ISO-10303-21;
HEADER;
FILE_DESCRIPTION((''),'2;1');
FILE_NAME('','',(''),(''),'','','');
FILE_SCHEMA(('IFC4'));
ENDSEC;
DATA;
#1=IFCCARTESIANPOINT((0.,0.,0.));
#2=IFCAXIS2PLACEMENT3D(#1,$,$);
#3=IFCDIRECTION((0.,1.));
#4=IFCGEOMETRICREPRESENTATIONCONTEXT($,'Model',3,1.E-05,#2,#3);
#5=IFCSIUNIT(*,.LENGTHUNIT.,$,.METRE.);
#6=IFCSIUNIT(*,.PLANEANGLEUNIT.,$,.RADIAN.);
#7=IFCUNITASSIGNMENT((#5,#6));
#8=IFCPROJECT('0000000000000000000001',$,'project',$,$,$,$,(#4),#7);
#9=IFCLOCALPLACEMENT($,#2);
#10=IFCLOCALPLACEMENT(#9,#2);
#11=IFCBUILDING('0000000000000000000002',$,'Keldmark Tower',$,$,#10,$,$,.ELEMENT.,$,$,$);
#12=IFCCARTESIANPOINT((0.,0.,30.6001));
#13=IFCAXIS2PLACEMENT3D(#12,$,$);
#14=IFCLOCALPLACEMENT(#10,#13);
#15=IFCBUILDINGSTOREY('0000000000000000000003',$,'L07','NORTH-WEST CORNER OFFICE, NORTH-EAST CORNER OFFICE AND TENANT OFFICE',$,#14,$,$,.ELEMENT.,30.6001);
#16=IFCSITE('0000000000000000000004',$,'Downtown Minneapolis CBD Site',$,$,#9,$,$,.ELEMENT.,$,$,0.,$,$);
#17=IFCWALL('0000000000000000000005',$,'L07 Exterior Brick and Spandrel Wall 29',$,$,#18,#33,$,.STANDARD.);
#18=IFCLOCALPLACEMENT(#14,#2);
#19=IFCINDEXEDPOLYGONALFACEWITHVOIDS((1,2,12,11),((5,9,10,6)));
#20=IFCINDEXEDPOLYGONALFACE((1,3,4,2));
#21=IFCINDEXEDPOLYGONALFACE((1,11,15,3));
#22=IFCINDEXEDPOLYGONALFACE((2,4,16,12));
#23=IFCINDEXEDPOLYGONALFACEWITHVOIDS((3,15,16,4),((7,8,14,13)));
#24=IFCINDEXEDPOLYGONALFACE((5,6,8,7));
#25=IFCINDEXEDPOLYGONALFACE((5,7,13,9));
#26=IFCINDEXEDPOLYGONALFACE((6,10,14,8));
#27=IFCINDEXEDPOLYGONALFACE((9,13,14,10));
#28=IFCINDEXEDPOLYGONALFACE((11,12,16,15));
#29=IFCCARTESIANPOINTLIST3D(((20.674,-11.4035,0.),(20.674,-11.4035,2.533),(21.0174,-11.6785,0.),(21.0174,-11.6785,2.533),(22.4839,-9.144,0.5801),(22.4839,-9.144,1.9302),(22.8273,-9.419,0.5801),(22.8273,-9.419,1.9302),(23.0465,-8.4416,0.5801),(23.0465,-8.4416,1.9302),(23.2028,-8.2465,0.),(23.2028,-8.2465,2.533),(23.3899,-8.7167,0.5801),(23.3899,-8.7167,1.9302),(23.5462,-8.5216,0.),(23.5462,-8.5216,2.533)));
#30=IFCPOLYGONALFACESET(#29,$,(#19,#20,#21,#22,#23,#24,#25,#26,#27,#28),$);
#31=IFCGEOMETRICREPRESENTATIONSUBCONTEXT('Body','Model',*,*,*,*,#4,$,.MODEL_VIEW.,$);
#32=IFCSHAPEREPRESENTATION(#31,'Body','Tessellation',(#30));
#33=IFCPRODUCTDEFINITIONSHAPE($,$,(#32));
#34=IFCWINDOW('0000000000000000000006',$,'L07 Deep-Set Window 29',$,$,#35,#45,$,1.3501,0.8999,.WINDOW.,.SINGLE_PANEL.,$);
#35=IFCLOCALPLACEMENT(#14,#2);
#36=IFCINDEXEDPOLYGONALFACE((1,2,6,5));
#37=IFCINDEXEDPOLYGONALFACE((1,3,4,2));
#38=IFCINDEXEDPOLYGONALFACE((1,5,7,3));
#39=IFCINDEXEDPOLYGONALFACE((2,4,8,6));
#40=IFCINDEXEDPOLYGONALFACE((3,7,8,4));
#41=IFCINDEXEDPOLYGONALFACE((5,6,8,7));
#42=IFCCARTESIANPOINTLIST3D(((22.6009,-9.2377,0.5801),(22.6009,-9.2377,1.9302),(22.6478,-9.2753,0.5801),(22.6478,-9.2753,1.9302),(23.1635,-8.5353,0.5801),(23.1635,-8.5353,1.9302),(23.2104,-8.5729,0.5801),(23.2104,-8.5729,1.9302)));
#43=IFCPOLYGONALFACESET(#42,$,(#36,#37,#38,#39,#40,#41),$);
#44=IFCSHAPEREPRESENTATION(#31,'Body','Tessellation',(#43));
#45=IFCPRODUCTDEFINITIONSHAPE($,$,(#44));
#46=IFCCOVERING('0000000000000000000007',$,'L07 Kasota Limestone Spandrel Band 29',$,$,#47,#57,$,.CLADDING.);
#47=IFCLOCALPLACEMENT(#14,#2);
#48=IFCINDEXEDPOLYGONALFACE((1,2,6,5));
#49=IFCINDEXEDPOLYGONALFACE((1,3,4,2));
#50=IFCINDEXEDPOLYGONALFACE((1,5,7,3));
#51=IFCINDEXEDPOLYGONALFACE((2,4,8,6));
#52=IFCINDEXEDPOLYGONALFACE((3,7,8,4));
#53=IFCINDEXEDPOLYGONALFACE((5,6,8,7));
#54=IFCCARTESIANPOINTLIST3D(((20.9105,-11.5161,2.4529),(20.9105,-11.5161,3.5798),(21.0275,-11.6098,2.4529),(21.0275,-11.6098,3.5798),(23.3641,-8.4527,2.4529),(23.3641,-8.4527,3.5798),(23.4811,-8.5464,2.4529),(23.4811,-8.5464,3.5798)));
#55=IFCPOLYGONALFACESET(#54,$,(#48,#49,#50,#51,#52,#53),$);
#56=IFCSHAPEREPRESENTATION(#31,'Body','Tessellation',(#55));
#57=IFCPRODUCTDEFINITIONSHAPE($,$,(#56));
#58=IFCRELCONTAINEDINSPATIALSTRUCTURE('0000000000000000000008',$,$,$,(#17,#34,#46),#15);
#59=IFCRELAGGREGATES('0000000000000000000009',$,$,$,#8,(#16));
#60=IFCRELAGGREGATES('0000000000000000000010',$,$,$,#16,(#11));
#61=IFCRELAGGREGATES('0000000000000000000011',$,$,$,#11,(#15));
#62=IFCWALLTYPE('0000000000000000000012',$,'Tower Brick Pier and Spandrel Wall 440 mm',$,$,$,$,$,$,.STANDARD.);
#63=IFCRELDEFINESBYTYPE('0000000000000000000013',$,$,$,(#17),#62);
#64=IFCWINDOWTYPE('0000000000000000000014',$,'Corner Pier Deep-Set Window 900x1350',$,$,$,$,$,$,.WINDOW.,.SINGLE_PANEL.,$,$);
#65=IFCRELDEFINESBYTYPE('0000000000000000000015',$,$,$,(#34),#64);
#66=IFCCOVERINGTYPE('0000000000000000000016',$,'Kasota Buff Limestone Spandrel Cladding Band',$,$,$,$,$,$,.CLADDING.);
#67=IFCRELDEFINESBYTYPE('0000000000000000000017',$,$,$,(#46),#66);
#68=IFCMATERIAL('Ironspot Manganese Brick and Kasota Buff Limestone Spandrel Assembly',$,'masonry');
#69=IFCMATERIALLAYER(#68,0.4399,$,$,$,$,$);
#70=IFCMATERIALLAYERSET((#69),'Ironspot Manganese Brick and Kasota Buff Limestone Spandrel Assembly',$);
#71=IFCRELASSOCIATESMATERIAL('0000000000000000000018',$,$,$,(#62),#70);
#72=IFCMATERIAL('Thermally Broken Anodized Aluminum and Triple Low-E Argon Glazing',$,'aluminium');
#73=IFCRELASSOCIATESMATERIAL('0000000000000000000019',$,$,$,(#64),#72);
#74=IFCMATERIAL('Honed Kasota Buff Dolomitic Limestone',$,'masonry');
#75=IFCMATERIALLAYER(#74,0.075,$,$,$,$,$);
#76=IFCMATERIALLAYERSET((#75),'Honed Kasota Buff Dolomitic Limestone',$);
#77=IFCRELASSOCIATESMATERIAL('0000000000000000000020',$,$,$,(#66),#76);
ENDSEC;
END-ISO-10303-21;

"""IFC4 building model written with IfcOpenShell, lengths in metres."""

from ifc_helpers import new_model, si_unit, direction, frame, frame_2d, origin, origin_2d, place, context, subcontext, project, spatial, rectangle, extrude, material, layer, layer_set, type_object, element, fill, save


model = new_model("IFC4")

# Units and contexts
model_context = context("Model", 3, precision=1e-05, world=origin(), true_north=direction((0.0, 1.0)))
body_context = subcontext(model_context, "Body", "Model", "MODEL_VIEW")
ifc_project = project(units=[si_unit("LENGTHUNIT", "METRE"), si_unit("PLANEANGLEUNIT", "RADIAN")], contexts=[model_context])

# Site, building, storey
site_placement = place(None, origin())
site = spatial("IfcSite", under=ifc_project, at=site_placement, Name="Downtown Minneapolis CBD Site", CompositionType="ELEMENT", RefElevation=0.0)
building_placement = place(site_placement, origin())
building = spatial("IfcBuilding", under=site, at=building_placement, Name="Keldmark Tower", CompositionType="ELEMENT")
storey_placement = place(building_placement, frame((0.0, 0.0, 30.6001)))
storey = spatial("IfcBuildingStorey", under=building, at=storey_placement, Name="L07", Description="NORTH-WEST CORNER OFFICE, NORTH-EAST CORNER OFFICE AND TENANT OFFICE", CompositionType="ELEMENT", Elevation=30.6001)

# Wall, opening, window
ifc_material_1 = material(Name="Ironspot Manganese Brick and Kasota Buff Limestone Spandrel Assembly", Category="masonry")
ifc_layer_1 = layer(ifc_material_1, 0.4399)
ifc_layer_set_1 = layer_set([ifc_layer_1], Name="Ironspot Manganese Brick and Kasota Buff Limestone Spandrel Assembly")
wall_type_1 = type_object("IfcWallType", Name="Tower Brick Pier and Spandrel Wall 440 mm", PredefinedType="STANDARD", material=ifc_layer_set_1)
ifc_material_2 = material(Name="Thermally Broken Anodized Aluminum and Triple Low-E Argon Glazing", Category="aluminium")
window_type = type_object("IfcWindowType", Name="Corner Pier Deep-Set Window 900x1350", PartitioningType="SINGLE_PANEL", PredefinedType="WINDOW", material=ifc_material_2)
wall_1_placement = place(storey_placement, frame((23.3745, -8.384, 0.0), z_axis=(0.0, 0.0, 1.0), x_axis=(-0.625181, -0.78048, 0.0)))
wall_1 = element("IfcWall", 1, at=wall_1_placement, inside=storey, type_object=wall_type_1, Name="L07 Exterior Brick and Spandrel Wall 29", PredefinedType="STANDARD", context=body_context, shape_type="SweptSolid", body=[
    extrude(rectangle(XDim=4.0449, YDim=0.4399, at=frame_2d((2.0225, 0.0))), origin(), (0.0, 0.0, 1.0), 2.533),
])
opening_1_placement = place(wall_1_placement, frame((0.25, 0.0, 0.5801)))
opening_1 = element("IfcOpeningElement", 2, at=opening_1_placement, cuts=wall_1, PredefinedType="OPENING", context=body_context, shape_type="SweptSolid", body=[
    extrude(rectangle(XDim=0.8999, YDim=1.3501, at=frame_2d((0.45, 0.675))), frame((0.0, 0.23, 0.0), z_axis=(0.0, -1.0, 0.0), x_axis=(1.0, 0.0, 0.0)), (0.0, 0.0, 1.0), 0.46),
])
window_1_placement = place(opening_1_placement, origin())
window_1 = element("IfcWindow", 3, at=window_1_placement, inside=storey, type_object=window_type, Name="L07 Deep-Set Window 29", OverallHeight=1.3501, OverallWidth=0.8999, PartitioningType="SINGLE_PANEL", PredefinedType="WINDOW", context=body_context, shape_type="SweptSolid", body=[
    extrude(rectangle(XDim=0.8999, YDim=1.3501, at=frame_2d((0.45, 0.675))), frame((0.0, -0.01, 0.0), z_axis=(0.0, -1.0, 0.0), x_axis=(1.0, 0.0, 0.0)), (0.0, 0.0, 1.0), 0.0601),
])
fill(opening_1, window_1)

# Covering
ifc_material_3 = material(Name="Honed Kasota Buff Dolomitic Limestone", Category="masonry")
ifc_layer_2 = layer(ifc_material_3, 0.075)
ifc_layer_set_2 = layer_set([ifc_layer_2], Name="Honed Kasota Buff Dolomitic Limestone")
covering_type = type_object("IfcCoveringType", Name="Kasota Buff Limestone Spandrel Cladding Band", PredefinedType="CLADDING", material=ifc_layer_set_2)
covering_placement = place(storey_placement, frame((22.1958, -10.0312, 2.4529), z_axis=(0.0, 0.0, 1.0), x_axis=(0.625147, 0.780507, 0.0)))
element("IfcCovering", 4, at=covering_placement, inside=storey, type_object=covering_type, Name="L07 Kasota Limestone Spandrel Band 29", PredefinedType="CLADDING", context=body_context, shape_type="SweptSolid", body=[
    extrude(rectangle(XDim=3.9248, YDim=0.1499, at=origin_2d()), origin(), (0.0, 0.0, 1.0), 1.127),
])

save(model, "model.ifc")
